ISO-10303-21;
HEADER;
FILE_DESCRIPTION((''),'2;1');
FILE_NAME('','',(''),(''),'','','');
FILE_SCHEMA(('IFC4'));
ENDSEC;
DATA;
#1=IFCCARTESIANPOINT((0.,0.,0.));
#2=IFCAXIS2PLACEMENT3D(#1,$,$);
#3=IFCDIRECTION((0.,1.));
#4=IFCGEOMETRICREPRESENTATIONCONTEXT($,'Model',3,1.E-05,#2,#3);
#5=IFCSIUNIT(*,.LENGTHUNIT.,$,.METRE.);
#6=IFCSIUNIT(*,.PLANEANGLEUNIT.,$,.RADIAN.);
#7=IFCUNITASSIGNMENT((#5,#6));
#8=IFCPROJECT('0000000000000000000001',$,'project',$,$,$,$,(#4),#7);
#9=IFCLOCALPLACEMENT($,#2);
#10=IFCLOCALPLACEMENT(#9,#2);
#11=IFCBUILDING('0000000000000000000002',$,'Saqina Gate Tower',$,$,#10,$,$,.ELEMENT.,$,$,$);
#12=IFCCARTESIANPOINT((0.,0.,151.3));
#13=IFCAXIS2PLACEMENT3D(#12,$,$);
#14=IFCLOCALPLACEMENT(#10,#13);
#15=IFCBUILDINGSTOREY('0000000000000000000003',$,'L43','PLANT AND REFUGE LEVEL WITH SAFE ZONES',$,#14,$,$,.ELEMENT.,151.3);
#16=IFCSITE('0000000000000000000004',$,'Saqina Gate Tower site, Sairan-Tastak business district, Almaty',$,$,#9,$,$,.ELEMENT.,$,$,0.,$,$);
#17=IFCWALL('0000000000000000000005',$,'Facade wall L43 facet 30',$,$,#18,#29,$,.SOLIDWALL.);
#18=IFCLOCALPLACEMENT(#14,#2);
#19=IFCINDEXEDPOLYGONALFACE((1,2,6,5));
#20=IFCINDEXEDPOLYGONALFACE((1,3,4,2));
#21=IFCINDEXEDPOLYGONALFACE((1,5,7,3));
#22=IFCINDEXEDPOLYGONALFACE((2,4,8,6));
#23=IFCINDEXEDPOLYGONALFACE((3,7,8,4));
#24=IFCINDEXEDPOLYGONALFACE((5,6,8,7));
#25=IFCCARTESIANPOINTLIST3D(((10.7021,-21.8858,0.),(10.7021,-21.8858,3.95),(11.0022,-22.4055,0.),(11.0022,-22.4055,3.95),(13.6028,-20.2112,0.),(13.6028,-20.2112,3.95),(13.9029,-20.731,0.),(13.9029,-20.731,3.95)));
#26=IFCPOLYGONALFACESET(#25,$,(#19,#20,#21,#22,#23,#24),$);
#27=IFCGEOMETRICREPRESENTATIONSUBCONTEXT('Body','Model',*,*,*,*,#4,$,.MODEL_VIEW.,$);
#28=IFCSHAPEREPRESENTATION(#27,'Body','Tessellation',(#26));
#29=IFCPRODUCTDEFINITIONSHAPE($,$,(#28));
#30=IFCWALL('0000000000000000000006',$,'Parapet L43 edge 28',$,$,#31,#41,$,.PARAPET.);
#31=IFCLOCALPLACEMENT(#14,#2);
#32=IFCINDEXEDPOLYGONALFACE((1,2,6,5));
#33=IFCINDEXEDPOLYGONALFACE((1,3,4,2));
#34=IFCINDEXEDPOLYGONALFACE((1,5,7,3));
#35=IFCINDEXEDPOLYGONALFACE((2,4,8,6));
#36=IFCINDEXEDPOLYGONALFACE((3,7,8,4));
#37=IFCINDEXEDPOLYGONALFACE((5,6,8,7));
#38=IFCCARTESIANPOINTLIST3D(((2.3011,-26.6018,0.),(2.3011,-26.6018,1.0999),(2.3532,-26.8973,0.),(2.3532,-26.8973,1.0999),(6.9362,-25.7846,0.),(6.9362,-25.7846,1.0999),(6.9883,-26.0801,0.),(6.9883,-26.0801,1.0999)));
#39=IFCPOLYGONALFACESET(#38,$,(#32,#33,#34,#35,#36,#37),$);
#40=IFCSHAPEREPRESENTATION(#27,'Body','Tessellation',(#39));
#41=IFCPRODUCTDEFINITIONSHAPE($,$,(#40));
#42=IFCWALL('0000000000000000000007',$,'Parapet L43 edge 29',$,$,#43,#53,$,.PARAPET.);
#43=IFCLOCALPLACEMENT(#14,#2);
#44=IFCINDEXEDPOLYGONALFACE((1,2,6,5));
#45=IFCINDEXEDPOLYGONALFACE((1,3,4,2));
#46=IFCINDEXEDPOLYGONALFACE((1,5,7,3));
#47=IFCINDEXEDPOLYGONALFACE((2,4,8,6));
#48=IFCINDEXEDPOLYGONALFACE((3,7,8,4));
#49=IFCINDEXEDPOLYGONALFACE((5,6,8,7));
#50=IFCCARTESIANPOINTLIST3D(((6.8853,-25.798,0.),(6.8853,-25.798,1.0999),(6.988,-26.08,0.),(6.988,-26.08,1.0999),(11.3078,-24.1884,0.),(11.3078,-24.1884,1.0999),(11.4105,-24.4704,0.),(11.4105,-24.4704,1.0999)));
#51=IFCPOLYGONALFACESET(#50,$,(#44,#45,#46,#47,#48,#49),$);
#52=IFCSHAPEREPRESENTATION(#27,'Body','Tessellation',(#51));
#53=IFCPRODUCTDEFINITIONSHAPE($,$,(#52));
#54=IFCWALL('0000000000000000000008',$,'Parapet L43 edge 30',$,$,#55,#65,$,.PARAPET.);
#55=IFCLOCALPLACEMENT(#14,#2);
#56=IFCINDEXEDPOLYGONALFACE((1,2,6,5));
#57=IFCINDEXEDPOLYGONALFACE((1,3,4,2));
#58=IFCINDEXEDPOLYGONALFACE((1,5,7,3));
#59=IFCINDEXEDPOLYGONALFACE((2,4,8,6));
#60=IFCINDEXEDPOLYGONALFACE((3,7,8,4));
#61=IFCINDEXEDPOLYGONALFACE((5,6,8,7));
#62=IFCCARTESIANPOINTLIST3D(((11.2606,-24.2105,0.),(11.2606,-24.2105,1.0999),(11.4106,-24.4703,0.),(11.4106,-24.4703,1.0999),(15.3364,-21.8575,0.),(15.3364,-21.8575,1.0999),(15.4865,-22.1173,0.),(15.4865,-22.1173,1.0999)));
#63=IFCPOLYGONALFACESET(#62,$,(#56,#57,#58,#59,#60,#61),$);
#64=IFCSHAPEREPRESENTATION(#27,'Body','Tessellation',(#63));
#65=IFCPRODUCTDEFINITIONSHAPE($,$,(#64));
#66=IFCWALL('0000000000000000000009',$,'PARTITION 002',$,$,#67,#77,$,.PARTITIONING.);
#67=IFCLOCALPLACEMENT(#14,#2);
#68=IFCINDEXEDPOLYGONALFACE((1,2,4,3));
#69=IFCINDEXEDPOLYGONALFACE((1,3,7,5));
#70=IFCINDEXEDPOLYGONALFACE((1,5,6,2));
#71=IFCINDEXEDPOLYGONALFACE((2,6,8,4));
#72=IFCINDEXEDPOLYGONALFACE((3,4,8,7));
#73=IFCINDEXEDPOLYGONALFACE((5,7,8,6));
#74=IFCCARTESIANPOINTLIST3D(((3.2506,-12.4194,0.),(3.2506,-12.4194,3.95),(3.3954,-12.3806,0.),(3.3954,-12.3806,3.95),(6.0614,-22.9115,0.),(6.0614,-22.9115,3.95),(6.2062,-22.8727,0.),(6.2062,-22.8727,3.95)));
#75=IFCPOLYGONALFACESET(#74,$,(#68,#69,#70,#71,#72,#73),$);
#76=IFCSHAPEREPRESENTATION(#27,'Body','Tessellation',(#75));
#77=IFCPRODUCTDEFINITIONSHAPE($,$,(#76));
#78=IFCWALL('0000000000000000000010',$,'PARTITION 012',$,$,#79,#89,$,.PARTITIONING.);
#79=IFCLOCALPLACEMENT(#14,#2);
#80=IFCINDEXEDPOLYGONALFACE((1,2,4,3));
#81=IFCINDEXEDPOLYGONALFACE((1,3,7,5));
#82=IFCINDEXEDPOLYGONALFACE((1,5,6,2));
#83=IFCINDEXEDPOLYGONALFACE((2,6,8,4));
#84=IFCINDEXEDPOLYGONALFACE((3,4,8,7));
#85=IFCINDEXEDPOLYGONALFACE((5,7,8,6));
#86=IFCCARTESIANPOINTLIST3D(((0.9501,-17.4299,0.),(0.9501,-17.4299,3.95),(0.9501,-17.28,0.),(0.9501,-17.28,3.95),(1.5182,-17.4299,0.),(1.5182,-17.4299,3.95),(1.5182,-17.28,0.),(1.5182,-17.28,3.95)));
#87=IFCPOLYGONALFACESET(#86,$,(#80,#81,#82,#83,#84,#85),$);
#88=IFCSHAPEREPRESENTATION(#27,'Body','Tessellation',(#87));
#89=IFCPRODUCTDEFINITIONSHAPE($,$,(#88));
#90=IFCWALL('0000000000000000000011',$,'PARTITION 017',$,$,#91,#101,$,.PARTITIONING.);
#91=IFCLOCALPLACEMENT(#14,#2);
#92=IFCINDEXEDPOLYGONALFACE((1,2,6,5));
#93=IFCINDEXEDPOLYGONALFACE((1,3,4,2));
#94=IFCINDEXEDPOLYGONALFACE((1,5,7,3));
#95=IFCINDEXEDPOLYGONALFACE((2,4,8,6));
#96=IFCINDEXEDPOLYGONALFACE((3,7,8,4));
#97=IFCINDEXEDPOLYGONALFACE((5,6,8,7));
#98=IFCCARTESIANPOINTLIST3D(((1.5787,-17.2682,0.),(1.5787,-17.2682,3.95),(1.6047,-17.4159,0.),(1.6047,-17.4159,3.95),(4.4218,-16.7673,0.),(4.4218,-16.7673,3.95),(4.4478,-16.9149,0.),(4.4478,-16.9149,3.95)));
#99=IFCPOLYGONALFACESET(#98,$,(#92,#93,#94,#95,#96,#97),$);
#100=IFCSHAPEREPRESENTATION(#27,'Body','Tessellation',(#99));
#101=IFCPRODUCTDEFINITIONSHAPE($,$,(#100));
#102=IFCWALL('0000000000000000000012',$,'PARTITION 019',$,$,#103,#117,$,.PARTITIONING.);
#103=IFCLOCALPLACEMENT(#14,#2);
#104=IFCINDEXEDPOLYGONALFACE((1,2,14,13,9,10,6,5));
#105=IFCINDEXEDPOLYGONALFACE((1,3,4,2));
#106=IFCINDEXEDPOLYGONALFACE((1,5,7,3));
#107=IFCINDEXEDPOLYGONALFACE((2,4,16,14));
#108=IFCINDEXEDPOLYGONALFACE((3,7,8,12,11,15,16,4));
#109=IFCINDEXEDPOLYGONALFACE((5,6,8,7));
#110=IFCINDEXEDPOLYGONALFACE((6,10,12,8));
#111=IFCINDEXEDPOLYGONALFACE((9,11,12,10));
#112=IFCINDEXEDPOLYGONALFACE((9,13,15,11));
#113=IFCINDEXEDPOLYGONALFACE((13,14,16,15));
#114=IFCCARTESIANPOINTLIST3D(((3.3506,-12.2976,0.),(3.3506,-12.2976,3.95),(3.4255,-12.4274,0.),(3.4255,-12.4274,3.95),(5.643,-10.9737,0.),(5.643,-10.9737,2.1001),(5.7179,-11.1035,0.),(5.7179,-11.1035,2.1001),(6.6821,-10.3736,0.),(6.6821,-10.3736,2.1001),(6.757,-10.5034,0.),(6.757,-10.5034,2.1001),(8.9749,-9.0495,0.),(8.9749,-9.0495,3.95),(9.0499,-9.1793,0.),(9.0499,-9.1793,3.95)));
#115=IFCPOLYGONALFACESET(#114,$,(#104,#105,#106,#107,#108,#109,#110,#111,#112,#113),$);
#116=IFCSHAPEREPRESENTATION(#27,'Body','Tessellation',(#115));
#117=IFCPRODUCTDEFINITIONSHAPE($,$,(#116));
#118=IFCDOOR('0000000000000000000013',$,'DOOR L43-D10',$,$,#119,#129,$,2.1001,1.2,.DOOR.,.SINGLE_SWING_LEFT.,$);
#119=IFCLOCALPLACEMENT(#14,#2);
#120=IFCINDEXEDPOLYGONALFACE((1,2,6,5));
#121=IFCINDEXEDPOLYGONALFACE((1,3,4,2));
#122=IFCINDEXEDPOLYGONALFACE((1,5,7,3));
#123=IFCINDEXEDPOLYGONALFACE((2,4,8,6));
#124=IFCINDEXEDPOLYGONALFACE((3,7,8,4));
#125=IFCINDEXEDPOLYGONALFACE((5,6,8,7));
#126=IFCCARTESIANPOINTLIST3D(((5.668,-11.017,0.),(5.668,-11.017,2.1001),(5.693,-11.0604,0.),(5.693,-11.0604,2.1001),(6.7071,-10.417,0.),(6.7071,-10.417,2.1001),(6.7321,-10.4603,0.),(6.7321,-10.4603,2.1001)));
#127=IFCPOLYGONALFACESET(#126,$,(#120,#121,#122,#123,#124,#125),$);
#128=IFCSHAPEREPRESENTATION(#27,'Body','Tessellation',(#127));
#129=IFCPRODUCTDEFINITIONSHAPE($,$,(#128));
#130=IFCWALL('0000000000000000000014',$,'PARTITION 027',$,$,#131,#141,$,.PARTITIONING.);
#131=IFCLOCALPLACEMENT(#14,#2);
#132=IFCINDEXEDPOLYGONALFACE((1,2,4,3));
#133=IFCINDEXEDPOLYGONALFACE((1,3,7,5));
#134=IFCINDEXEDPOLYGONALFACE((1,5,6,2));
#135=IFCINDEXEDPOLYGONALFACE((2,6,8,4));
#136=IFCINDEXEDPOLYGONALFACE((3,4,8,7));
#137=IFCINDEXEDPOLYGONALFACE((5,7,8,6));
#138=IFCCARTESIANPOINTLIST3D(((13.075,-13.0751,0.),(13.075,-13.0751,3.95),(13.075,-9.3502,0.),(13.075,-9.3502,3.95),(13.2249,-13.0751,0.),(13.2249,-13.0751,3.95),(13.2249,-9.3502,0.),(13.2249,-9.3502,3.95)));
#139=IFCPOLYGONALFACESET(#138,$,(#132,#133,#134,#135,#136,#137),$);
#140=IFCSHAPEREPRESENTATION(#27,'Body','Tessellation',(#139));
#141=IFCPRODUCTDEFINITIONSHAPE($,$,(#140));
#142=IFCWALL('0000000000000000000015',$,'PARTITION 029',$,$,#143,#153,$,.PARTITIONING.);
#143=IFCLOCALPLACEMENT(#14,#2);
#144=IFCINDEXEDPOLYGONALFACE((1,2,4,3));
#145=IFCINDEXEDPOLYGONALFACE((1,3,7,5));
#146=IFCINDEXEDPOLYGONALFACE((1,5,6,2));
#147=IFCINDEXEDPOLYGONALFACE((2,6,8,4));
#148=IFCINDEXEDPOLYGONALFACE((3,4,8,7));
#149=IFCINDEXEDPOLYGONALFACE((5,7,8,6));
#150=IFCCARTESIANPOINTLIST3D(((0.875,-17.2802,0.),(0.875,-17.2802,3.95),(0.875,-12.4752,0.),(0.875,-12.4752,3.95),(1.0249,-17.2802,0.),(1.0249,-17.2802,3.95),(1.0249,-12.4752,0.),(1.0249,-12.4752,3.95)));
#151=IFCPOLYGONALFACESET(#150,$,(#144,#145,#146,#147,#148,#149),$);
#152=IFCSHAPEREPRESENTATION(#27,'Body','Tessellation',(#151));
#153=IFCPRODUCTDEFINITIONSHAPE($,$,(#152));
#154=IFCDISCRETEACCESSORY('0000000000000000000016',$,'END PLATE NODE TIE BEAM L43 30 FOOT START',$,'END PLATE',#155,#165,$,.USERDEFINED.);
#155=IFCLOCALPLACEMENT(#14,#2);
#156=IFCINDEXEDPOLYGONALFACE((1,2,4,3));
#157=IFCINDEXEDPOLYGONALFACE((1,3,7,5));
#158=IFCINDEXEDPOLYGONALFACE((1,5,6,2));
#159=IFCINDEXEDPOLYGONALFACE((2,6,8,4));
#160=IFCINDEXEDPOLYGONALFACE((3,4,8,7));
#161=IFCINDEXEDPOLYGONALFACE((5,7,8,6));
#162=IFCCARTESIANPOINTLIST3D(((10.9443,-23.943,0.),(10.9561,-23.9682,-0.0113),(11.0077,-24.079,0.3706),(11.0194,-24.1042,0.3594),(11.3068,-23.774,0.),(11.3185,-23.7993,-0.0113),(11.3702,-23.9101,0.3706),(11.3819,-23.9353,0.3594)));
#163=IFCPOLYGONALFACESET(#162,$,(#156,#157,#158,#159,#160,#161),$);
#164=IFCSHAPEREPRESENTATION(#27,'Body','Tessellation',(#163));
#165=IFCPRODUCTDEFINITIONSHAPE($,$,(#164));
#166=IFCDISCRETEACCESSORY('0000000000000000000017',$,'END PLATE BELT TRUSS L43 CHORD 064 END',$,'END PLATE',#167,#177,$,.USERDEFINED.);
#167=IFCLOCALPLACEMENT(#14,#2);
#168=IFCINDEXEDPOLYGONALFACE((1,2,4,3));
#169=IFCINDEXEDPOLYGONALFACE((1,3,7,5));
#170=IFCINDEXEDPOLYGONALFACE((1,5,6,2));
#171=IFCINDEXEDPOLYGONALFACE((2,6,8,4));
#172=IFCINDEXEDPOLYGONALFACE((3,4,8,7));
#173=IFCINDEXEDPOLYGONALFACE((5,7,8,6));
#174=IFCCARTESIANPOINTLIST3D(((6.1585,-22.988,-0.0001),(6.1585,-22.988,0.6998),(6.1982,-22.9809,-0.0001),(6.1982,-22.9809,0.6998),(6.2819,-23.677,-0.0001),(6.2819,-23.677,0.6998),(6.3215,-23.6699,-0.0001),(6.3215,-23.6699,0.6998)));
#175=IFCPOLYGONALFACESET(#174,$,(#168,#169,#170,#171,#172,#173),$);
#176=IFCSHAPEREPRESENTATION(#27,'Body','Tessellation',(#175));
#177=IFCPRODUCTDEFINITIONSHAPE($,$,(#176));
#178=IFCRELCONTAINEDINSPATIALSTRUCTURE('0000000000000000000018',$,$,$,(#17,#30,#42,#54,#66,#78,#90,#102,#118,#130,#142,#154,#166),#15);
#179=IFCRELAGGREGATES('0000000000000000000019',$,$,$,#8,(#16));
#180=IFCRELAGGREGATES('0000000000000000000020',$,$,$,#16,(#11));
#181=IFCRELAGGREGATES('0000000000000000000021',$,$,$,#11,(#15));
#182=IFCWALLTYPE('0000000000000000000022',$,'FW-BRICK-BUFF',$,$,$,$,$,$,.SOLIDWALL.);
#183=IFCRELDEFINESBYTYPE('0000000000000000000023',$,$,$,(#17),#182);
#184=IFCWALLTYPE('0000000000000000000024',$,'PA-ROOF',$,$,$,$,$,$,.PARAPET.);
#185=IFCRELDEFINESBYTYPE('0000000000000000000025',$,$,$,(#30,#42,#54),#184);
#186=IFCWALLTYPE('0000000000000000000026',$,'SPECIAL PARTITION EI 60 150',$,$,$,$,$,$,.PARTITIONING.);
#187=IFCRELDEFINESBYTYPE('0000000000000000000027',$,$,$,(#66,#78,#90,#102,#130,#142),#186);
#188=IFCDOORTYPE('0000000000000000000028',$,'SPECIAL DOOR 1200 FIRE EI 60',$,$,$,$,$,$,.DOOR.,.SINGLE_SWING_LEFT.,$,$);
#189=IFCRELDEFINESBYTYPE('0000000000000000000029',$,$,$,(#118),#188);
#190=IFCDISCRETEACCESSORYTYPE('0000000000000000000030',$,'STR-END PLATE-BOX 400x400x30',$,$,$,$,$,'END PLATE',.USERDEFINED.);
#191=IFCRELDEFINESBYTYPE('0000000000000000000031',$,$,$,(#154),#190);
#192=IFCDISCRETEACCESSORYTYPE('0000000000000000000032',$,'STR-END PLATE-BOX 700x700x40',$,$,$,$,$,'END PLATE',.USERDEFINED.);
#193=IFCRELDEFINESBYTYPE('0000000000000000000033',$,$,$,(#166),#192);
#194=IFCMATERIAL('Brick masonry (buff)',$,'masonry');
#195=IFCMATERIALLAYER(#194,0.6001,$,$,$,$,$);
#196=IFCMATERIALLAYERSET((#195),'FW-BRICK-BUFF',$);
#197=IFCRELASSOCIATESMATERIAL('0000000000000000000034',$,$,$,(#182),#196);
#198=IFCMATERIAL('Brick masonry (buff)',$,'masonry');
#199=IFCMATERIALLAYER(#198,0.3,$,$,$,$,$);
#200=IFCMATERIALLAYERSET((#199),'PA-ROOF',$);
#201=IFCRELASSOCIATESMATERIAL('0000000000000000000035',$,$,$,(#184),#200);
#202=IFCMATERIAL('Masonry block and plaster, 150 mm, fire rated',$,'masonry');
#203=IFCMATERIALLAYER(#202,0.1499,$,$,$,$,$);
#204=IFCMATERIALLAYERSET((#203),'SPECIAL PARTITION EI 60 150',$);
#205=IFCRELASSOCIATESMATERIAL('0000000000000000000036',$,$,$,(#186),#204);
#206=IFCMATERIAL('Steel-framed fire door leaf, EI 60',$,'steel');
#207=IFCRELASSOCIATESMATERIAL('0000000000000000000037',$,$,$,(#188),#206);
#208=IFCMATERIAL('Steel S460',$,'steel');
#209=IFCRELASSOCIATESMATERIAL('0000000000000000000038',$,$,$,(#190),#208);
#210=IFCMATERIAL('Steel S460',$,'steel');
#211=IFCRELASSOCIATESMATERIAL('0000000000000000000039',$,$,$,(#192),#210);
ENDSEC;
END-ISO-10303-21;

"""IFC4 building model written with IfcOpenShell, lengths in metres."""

from ifc_helpers import new_model, si_unit, direction, frame, frame_2d, origin, origin_2d, place, context, subcontext, project, spatial, rectangle, extrude, material, layer, layer_set, material_profile, profile_set, type_object, element, fill, save


model = new_model("IFC4")

# Units and contexts
model_context = context("Model", 3, precision=1e-05, world=origin(), true_north=direction((0.0, 1.0)))
body_context = subcontext(model_context, "Body", "Model", "MODEL_VIEW")
ifc_project = project(units=[si_unit("LENGTHUNIT", "METRE"), si_unit("PLANEANGLEUNIT", "RADIAN")], contexts=[model_context])

# Site, building, storey
site_placement = place(None, origin())
site = spatial("IfcSite", under=ifc_project, at=site_placement, Name="Saqina Gate Tower site, Sairan-Tastak business district, Almaty", CompositionType="ELEMENT", RefElevation=0.0)
building_placement = place(site_placement, origin())
building = spatial("IfcBuilding", under=site, at=building_placement, Name="Saqina Gate Tower", CompositionType="ELEMENT")
storey_placement = place(building_placement, frame((0.0, 0.0, 151.3)))
storey = spatial("IfcBuildingStorey", under=building, at=storey_placement, Name="L43", Description="PLANT AND REFUGE LEVEL WITH SAFE ZONES", CompositionType="ELEMENT", Elevation=151.3)

# Walls
ifc_material_1 = material(Name="Brick masonry (buff)", Category="masonry")
ifc_layer_1 = layer(ifc_material_1, 0.6001)
ifc_layer_set_1 = layer_set([ifc_layer_1], Name="FW-BRICK-BUFF")
wall_type_1 = type_object("IfcWallType", Name="FW-BRICK-BUFF", PredefinedType="SOLIDWALL", material=ifc_layer_set_1)
for number, where, z_axis, x_axis, name in (
    (1, (10.8521, -22.1458, 0.0), (0.0, 0.0, 1.0), (0.866041, 0.499973, 0.0), "Facade wall L43 facet 30"),
):
    element("IfcWall", number, at=place(storey_placement, frame(where, z_axis=z_axis, x_axis=x_axis)), inside=storey, type_object=wall_type_1, Name=name, PredefinedType="SOLIDWALL", context=body_context, shape_type="SweptSolid", body=[
        extrude(rectangle(XDim=3.3494, YDim=0.6001, at=frame_2d((1.6748, 0.0))), origin(), (0.0, 0.0, 1.0), 3.95),
    ])
ifc_material_2 = material(Name="Brick masonry (buff)", Category="masonry")
ifc_layer_2 = layer(ifc_material_2, 0.3)
ifc_layer_set_2 = layer_set([ifc_layer_2], Name="PA-ROOF")
wall_type_2 = type_object("IfcWallType", Name="PA-ROOF", PredefinedType="PARAPET", material=ifc_layer_set_2)
wall_1_placement = place(storey_placement, frame((2.3271, -26.7495, 0.0), z_axis=(0.0, 0.0, 1.0), x_axis=(0.984813, 0.17362, 0.0)))
element("IfcWall", 2, at=wall_1_placement, inside=storey, type_object=wall_type_2, Name="Parapet L43 edge 28", PredefinedType="PARAPET", context=body_context, shape_type="SweptSolid", body=[
    extrude(rectangle(XDim=4.7065, YDim=0.3, at=frame_2d((2.3533, 0.0))), origin(), (0.0, 0.0, 1.0), 1.0999),
])
for number, where, z_axis, x_axis, name in (
    (3, (6.9368, -25.939, 0.0), (0.0, 0.0, 1.0), (0.939698, 0.342005, 0.0), "Parapet L43 edge 29"),
    (4, (11.3357, -24.3403, 0.0), (0.0, 0.0, 1.0), (0.866045, 0.499966, 0.0), "Parapet L43 edge 30"),
):
    element("IfcWall", number, at=place(storey_placement, frame(where, z_axis=z_axis, x_axis=x_axis)), inside=storey, type_object=wall_type_2, Name=name, PredefinedType="PARAPET", context=body_context, shape_type="SweptSolid", body=[
        extrude(rectangle(XDim=4.7063, YDim=0.3, at=frame_2d((2.353, 0.0))), origin(), (0.0, 0.0, 1.0), 1.0999),
    ])
ifc_material_3 = material(Name="Masonry block and plaster, 150 mm, fire rated", Category="masonry")
ifc_layer_3 = layer(ifc_material_3, 0.1499)
ifc_layer_set_3 = layer_set([ifc_layer_3], Name="SPECIAL PARTITION EI 60 150")
wall_type_3 = type_object("IfcWallType", Name="SPECIAL PARTITION EI 60 150", PredefinedType="PARTITIONING", material=ifc_layer_set_3)
wall_2_placement = place(storey_placement, frame((3.323, -12.3999, 0.0), z_axis=(0.0, 0.0, 1.0), x_axis=(0.258769, -0.965939, 0.0)))
element("IfcWall", 5, at=wall_2_placement, inside=storey, type_object=wall_type_3, Name="PARTITION 002", PredefinedType="PARTITIONING", context=body_context, shape_type="SweptSolid", body=[
    extrude(rectangle(XDim=10.8621, YDim=0.1499, at=frame_2d((5.4312, 0.0))), origin(), (0.0, 0.0, 1.0), 3.95),
])
wall_3_placement = place(storey_placement, frame((0.95, -17.355, 0.0), z_axis=(0.0, 0.0, 1.0), x_axis=(1.0, 0.0, 0.0)))
element("IfcWall", 6, at=wall_3_placement, inside=storey, type_object=wall_type_3, Name="PARTITION 012", PredefinedType="PARTITIONING", context=body_context, shape_type="SweptSolid", body=[
    extrude(rectangle(XDim=0.5681, YDim=0.1499, at=frame_2d((0.2842, 0.0))), origin(), (0.0, 0.0, 1.0), 3.95),
])
wall_4_placement = place(storey_placement, frame((1.5918, -17.342, 0.0), z_axis=(0.0, 0.0, 1.0), x_axis=(0.984829, 0.173525, 0.0)))
element("IfcWall", 7, at=wall_4_placement, inside=storey, type_object=wall_type_3, Name="PARTITION 017", PredefinedType="PARTITIONING", context=body_context, shape_type="SweptSolid", body=[
    extrude(rectangle(XDim=2.887, YDim=0.1499, at=frame_2d((1.4434, 0.0))), origin(), (0.0, 0.0, 1.0), 3.95),
])

# Wall, opening, door
wall_5_placement = place(storey_placement, frame((3.3879, -12.3625, 0.0), z_axis=(0.0, 0.0, 1.0), x_axis=(0.865967, 0.500101, 0.0)))
wall_5 = element("IfcWall", 8, at=wall_5_placement, inside=storey, type_object=wall_type_3, Name="PARTITION 019", PredefinedType="PARTITIONING", context=body_context, shape_type="SweptSolid", body=[
    extrude(rectangle(XDim=6.4949, YDim=0.1499, at=frame_2d((3.2476, 0.0))), origin(), (0.0, 0.0, 1.0), 3.95),
])
opening_placement = place(wall_5_placement, frame((2.6472, 0.0, 0.0)))
opening = element("IfcOpeningElement", 9, at=opening_placement, cuts=wall_5, PredefinedType="OPENING", context=body_context, shape_type="SweptSolid", body=[
    extrude(rectangle(XDim=1.2, YDim=2.1001, at=frame_2d((0.6001, 1.05))), frame((0.0, 0.0869, 0.0), z_axis=(0.0, -1.0, 0.0), x_axis=(1.0, 0.0, 0.0)), (0.0, 0.0, 1.0), 0.1738),
])
ifc_material_4 = material(Name="Steel-framed fire door leaf, EI 60", Category="steel")
door_type = type_object("IfcDoorType", Name="SPECIAL DOOR 1200 FIRE EI 60", OperationType="SINGLE_SWING_LEFT", PredefinedType="DOOR", material=ifc_material_4)
door_placement = place(opening_placement, origin())
door = element("IfcDoor", 10, at=door_placement, inside=storey, type_object=door_type, Name="DOOR L43-D10", OperationType="SINGLE_SWING_LEFT", OverallHeight=2.1001, OverallWidth=1.2, PredefinedType="DOOR", context=body_context, shape_type="SweptSolid", body=[
    extrude(rectangle(XDim=1.2, YDim=2.1001, at=frame_2d((0.6001, 1.05))), frame((0.0, 0.0249, 0.0), z_axis=(0.0, -1.0, 0.0), x_axis=(1.0, 0.0, 0.0)), (0.0, 0.0, 1.0), 0.05),
])
fill(opening, door)

# Walls
wall_6_placement = place(storey_placement, frame((13.1499, -13.075, 0.0), z_axis=(0.0, 0.0, 1.0), x_axis=(0.0, 1.0, 0.0)))
element("IfcWall", 11, at=wall_6_placement, inside=storey, type_object=wall_type_3, Name="PARTITION 027", PredefinedType="PARTITIONING", context=body_context, shape_type="SweptSolid", body=[
    extrude(rectangle(XDim=3.7249, YDim=0.1499, at=frame_2d((1.8623, 0.0))), origin(), (0.0, 0.0, 1.0), 3.95),
])
wall_7_placement = place(storey_placement, frame((0.95, -17.28, 0.0), z_axis=(0.0, 0.0, 1.0), x_axis=(0.0, 1.0, 0.0)))
element("IfcWall", 12, at=wall_7_placement, inside=storey, type_object=wall_type_3, Name="PARTITION 029", PredefinedType="PARTITIONING", context=body_context, shape_type="SweptSolid", body=[
    extrude(rectangle(XDim=4.8049, YDim=0.1499, at=frame_2d((2.4023, 0.0))), origin(), (0.0, 0.0, 1.0), 3.95),
])

# Discrete accessories
ifc_material_5 = material(Name="Steel S460", Category="steel")
ifc_material_profile_1 = material_profile(ifc_material_5, rectangle(XDim=0.3999, YDim=0.3999, at=origin_2d()), Name="STR-END PLATE-BOX 400x400x30")
ifc_profile_set_1 = profile_set([ifc_material_profile_1], Name="Steel S460")
discrete_accessory_type_1 = type_object("IfcDiscreteAccessoryType", Name="STR-END PLATE-BOX 400x400x30", ElementType="END PLATE", PredefinedType="USERDEFINED", material=ifc_profile_set_1)
discrete_accessory_1_placement = place(storey_placement, frame((11.1572, -23.9265, 0.1853), z_axis=(0.39154, -0.84018, -0.375226), x_axis=(-0.906408, -0.422404, 0.000001)))
element("IfcDiscreteAccessory", 13, at=discrete_accessory_1_placement, inside=storey, type_object=discrete_accessory_type_1, Name="END PLATE NODE TIE BEAM L43 30 FOOT START", ObjectType="END PLATE", PredefinedType="USERDEFINED", context=body_context, shape_type="SweptSolid", body=[
    extrude(rectangle(XDim=0.3999, YDim=0.3999, at=origin_2d()), origin(), (0.0, 0.0, 1.0), 0.03),
])
ifc_material_6 = material(Name="Steel S460", Category="steel")
ifc_material_profile_2 = material_profile(ifc_material_6, rectangle(XDim=0.7, YDim=0.7, at=origin_2d()), Name="STR-END PLATE-BOX 700x700x40")
ifc_profile_set_2 = profile_set([ifc_material_profile_2], Name="Steel S460")
discrete_accessory_type_2 = type_object("IfcDiscreteAccessoryType", Name="STR-END PLATE-BOX 700x700x40", ElementType="END PLATE", PredefinedType="USERDEFINED", material=ifc_profile_set_2)
discrete_accessory_2_placement = place(storey_placement, frame((6.2202, -23.3325, 0.3499), z_axis=(0.984352, 0.176211, 0.0), x_axis=(-0.176211, 0.984352, 0.0)))
element("IfcDiscreteAccessory", 14, at=discrete_accessory_2_placement, inside=storey, type_object=discrete_accessory_type_2, Name="END PLATE BELT TRUSS L43 CHORD 064 END", ObjectType="END PLATE", PredefinedType="USERDEFINED", context=body_context, shape_type="SweptSolid", body=[
    extrude(rectangle(XDim=0.7, YDim=0.7, at=origin_2d()), origin(), (0.0, 0.0, 1.0), 0.0403),
])

save(model, "model.ifc")
